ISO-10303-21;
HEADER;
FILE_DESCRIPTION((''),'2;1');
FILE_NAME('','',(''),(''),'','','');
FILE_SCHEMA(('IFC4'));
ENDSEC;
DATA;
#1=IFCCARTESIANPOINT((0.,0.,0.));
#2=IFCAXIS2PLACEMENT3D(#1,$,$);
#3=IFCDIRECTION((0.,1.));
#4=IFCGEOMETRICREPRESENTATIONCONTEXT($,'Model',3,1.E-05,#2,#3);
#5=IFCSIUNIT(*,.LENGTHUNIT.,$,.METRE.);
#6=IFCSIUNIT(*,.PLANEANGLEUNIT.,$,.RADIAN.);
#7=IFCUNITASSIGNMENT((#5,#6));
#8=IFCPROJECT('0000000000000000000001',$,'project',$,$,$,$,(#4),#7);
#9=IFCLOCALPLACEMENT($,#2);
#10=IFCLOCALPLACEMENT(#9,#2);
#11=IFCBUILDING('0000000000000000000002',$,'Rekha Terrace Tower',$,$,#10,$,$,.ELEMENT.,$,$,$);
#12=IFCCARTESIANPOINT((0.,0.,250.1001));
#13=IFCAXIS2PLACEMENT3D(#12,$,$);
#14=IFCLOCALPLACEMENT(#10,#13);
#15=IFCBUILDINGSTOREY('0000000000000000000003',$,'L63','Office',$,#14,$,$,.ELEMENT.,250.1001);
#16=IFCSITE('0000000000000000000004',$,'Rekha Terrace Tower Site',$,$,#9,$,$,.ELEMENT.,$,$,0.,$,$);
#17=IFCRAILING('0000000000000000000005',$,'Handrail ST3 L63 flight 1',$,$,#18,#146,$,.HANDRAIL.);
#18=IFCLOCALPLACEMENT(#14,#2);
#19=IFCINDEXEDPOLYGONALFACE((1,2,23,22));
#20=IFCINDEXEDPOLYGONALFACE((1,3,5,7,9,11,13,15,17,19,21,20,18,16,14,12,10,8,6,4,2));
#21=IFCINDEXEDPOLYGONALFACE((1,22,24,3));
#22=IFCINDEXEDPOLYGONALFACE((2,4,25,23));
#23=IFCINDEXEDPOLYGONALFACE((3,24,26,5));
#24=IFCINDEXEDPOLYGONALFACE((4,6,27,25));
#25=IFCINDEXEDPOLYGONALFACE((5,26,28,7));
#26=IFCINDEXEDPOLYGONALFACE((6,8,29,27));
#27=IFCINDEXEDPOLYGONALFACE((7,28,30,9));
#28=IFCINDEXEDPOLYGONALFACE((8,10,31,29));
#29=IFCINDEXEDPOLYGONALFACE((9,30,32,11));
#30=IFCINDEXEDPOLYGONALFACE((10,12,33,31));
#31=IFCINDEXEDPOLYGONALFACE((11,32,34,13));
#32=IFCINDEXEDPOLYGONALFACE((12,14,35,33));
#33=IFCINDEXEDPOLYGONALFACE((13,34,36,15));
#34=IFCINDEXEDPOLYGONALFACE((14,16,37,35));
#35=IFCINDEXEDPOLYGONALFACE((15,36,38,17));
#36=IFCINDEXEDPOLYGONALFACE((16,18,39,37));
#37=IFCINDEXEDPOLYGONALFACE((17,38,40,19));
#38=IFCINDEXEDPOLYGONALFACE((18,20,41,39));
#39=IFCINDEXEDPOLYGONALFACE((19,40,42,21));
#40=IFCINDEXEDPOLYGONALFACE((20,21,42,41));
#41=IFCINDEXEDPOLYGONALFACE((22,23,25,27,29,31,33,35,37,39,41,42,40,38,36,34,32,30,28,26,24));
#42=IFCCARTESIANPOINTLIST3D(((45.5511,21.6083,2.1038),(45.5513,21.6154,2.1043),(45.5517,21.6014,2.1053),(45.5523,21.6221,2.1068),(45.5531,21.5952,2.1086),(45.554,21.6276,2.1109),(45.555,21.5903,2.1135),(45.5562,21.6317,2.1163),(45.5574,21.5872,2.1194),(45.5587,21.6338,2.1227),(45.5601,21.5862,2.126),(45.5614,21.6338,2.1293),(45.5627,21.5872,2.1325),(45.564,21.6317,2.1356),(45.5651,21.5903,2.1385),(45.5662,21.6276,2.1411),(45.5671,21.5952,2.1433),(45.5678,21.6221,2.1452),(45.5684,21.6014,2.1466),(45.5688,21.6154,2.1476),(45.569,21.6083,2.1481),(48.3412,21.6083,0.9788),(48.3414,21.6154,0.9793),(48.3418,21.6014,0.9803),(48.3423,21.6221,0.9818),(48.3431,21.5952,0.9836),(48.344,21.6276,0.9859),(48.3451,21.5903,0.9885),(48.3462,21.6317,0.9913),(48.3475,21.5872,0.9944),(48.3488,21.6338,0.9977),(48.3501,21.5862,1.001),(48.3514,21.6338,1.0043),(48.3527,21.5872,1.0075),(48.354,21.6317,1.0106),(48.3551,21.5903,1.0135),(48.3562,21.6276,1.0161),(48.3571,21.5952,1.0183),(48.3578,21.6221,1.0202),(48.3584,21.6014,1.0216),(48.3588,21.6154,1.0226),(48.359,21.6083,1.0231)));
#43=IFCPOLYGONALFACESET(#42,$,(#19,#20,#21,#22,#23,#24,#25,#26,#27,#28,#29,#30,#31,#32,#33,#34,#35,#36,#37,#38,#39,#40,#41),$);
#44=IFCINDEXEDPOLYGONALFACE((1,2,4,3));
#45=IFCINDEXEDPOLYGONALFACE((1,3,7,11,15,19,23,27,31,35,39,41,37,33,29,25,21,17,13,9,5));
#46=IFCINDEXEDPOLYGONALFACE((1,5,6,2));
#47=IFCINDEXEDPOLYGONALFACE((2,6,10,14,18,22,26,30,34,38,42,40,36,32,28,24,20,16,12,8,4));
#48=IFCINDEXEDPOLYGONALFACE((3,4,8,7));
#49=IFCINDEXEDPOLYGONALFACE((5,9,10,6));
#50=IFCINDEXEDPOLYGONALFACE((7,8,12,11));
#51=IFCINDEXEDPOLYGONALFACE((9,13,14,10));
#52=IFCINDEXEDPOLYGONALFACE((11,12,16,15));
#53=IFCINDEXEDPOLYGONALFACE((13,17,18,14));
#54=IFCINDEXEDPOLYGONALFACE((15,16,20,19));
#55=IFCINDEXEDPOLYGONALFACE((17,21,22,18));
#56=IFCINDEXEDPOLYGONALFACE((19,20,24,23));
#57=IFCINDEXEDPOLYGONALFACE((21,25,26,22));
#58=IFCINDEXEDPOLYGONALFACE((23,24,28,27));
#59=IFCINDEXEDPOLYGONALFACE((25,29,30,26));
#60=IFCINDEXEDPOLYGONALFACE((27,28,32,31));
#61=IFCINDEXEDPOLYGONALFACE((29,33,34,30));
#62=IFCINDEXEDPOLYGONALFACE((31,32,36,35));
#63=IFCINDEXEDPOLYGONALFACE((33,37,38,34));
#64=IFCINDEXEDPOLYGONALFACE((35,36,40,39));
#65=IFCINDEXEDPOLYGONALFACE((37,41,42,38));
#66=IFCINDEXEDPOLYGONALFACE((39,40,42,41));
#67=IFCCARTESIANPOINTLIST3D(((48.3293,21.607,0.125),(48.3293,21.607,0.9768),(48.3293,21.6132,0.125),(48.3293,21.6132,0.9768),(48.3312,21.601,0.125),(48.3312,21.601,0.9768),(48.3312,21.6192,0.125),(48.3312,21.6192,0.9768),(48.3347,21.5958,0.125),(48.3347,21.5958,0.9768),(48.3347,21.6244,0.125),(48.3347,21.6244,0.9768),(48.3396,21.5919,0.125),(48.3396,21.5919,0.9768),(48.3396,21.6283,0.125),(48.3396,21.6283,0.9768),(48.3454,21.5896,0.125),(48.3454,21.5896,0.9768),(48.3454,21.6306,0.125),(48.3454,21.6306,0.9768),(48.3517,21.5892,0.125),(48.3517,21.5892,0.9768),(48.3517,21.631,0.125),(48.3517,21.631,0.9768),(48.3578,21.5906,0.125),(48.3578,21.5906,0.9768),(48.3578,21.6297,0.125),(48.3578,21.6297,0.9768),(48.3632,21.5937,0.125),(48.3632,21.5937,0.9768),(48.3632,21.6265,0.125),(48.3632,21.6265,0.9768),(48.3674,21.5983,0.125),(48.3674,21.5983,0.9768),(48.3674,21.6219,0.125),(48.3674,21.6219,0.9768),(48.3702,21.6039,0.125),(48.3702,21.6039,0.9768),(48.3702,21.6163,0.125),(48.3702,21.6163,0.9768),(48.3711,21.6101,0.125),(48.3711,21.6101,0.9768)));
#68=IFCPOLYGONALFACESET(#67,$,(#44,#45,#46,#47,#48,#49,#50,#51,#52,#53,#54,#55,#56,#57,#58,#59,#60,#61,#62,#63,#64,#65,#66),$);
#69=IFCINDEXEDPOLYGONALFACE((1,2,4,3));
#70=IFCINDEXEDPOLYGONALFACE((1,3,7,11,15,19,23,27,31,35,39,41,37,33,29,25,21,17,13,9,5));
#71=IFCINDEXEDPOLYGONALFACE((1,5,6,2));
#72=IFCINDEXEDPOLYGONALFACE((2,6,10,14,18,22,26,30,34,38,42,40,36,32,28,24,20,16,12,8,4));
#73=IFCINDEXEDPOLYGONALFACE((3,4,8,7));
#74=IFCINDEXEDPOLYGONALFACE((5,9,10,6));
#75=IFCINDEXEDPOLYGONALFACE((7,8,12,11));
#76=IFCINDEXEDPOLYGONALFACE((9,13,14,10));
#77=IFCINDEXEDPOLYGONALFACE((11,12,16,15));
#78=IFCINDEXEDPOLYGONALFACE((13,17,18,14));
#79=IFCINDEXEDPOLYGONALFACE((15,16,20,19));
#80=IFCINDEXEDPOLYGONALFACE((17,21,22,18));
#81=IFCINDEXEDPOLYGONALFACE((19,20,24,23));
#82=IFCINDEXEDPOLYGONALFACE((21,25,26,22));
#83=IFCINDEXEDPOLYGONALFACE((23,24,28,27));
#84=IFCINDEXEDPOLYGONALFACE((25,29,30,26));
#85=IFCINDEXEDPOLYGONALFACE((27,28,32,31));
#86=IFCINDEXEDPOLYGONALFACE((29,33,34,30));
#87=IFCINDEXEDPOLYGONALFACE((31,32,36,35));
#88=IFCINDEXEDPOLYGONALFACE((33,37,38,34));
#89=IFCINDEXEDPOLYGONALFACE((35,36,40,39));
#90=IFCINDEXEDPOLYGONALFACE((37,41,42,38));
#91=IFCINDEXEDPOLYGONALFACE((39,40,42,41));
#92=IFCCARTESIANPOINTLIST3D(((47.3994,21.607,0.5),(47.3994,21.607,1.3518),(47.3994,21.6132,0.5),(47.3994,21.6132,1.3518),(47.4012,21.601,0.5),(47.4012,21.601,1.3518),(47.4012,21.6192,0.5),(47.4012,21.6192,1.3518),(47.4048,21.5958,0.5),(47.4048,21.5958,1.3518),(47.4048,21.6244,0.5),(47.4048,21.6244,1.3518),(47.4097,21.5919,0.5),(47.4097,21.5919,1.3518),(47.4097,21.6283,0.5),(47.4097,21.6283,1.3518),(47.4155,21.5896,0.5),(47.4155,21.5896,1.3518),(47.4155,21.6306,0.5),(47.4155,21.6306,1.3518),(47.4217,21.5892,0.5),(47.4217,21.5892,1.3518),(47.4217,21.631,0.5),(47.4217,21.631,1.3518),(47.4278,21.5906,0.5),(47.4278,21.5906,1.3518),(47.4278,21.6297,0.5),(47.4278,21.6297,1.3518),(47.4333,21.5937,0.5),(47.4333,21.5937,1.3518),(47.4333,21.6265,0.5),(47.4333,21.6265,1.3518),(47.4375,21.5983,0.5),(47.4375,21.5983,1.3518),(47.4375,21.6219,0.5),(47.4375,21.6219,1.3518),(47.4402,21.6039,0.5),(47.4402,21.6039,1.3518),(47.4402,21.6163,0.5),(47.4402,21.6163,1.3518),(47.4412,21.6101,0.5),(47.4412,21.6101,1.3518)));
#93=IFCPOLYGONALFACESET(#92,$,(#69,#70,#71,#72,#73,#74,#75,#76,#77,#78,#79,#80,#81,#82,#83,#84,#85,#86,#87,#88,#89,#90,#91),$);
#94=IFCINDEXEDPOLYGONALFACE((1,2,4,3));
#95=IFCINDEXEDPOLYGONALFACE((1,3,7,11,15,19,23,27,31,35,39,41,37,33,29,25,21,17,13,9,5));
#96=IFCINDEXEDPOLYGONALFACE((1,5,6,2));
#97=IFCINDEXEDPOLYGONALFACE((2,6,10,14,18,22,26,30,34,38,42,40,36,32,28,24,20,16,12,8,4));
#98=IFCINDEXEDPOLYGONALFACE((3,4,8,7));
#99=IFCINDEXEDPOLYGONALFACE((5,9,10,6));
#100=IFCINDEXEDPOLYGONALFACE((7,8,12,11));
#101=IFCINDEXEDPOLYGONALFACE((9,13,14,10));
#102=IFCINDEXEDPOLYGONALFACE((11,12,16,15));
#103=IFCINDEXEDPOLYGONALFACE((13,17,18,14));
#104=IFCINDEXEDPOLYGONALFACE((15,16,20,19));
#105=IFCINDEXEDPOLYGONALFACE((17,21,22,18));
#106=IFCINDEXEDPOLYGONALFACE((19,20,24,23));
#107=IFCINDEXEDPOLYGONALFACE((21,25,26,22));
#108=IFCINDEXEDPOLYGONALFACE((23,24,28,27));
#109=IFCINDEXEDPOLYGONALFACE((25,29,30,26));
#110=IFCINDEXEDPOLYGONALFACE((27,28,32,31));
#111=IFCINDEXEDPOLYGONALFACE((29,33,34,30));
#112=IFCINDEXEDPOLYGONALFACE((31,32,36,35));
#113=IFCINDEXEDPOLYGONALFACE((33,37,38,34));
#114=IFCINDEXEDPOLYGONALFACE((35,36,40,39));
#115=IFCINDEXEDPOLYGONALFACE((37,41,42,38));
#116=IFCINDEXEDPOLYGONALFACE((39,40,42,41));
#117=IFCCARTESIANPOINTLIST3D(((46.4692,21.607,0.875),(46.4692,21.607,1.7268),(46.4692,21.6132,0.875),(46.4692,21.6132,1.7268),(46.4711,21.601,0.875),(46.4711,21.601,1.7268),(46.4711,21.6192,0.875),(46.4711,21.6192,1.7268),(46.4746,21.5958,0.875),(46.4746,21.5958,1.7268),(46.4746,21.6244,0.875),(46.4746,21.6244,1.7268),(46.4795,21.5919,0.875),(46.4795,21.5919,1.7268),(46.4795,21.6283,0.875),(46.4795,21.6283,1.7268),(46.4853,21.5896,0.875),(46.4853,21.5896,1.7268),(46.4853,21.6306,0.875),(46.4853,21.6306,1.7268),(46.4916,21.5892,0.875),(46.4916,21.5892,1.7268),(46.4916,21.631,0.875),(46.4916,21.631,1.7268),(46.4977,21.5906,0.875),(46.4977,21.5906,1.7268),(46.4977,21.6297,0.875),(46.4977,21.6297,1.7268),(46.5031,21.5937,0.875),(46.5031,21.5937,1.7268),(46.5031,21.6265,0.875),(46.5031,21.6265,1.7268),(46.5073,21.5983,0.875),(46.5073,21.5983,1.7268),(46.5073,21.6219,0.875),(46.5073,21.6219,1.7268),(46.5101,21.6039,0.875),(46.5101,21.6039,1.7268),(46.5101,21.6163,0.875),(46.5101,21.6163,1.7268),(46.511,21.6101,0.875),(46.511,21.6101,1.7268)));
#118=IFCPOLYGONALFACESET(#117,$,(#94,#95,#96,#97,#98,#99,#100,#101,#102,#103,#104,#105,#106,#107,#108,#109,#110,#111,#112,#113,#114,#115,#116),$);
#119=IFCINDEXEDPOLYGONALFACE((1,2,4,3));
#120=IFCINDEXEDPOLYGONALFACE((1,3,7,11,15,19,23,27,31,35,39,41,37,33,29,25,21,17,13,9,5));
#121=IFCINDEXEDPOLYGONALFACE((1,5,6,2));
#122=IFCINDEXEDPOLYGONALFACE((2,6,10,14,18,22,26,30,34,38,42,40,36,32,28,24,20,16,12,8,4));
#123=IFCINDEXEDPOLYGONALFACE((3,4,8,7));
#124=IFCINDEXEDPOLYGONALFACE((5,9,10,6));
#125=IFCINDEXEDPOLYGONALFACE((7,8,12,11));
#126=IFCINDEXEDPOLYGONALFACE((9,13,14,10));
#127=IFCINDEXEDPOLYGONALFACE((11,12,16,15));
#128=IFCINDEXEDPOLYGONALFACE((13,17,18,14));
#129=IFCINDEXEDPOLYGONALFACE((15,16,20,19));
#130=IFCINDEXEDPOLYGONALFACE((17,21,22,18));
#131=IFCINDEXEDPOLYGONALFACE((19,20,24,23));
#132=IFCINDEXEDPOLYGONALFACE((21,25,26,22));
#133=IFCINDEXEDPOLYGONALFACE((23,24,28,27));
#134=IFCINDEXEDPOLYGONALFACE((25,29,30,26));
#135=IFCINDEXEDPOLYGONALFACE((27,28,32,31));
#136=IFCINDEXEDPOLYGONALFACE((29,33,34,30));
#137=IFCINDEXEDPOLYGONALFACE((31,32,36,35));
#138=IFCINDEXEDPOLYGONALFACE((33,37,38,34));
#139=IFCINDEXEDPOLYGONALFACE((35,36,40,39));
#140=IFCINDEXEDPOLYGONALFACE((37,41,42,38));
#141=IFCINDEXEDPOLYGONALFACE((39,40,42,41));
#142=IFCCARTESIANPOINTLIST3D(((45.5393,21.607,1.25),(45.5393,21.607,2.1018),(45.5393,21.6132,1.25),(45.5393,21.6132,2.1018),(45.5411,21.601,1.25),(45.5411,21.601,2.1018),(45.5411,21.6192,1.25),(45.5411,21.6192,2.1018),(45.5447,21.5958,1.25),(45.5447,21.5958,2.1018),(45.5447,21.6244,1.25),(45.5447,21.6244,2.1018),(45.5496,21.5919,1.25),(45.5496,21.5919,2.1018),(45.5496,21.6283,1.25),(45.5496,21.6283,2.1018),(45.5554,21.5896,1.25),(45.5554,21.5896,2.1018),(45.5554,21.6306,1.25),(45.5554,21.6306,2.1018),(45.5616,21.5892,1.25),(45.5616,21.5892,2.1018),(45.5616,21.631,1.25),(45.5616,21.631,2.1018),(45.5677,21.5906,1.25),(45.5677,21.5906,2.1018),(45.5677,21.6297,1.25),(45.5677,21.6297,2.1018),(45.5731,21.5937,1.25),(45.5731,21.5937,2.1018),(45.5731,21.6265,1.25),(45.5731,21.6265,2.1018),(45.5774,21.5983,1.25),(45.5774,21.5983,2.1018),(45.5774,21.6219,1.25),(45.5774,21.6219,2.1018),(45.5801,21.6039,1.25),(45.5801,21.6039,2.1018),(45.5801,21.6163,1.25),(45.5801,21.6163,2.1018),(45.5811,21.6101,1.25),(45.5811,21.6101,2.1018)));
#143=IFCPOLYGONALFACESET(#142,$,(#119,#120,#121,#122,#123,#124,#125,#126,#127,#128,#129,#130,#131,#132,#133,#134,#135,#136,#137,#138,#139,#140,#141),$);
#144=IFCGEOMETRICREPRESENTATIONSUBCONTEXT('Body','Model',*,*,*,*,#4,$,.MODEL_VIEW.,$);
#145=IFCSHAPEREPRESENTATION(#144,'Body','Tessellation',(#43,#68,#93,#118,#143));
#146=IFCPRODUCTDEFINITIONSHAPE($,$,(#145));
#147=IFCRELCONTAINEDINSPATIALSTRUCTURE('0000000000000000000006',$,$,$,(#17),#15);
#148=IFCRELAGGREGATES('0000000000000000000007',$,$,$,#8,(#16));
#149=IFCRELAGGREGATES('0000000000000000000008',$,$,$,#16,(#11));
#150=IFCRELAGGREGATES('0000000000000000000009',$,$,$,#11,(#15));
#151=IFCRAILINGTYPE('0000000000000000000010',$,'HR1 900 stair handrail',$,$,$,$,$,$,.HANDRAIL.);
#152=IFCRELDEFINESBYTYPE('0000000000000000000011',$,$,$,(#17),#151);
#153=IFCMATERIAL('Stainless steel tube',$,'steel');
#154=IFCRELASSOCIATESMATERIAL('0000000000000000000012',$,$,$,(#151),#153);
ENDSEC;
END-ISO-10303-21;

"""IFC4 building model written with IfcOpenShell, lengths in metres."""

from ifc_helpers import new_model, si_unit, direction, frame, origin, origin_2d, place, context, subcontext, project, spatial, circle, extrude, material, type_object, element, save


model = new_model("IFC4")

# Units and contexts
model_context = context("Model", 3, precision=1e-05, world=origin(), true_north=direction((0.0, 1.0)))
body_context = subcontext(model_context, "Body", "Model", "MODEL_VIEW")
ifc_project = project(units=[si_unit("LENGTHUNIT", "METRE"), si_unit("PLANEANGLEUNIT", "RADIAN")], contexts=[model_context])

# Site, building, storey
site_placement = place(None, origin())
site = spatial("IfcSite", under=ifc_project, at=site_placement, Name="Rekha Terrace Tower Site", CompositionType="ELEMENT", RefElevation=0.0)
building_placement = place(site_placement, origin())
building = spatial("IfcBuilding", under=site, at=building_placement, Name="Rekha Terrace Tower", CompositionType="ELEMENT")
storey_placement = place(building_placement, frame((0.0, 0.0, 250.1001)))
storey = spatial("IfcBuildingStorey", under=building, at=storey_placement, Name="L63", Description="Office", CompositionType="ELEMENT", Elevation=250.1001)

# Railing
ifc_material_1 = material(Name="Stainless steel tube", Category="steel")
railing_type_1 = type_object("IfcRailingType", Name="HR1 900 stair handrail", PredefinedType="HANDRAIL", material=ifc_material_1)
railing_1_placement = place(storey_placement, frame((48.3501, 21.6101, 0.125)))
element("IfcRailing", 1, at=railing_1_placement, inside=storey, type_object=railing_type_1, Name="Handrail ST3 L63 flight 1", PredefinedType="HANDRAIL", context=body_context, shape_type="SweptSolid", body=[
    extrude(circle(Radius=0.0239, at=origin_2d()), frame((0.0, 0.0, 0.876), z_axis=(-0.927443, 0.0, 0.373964), x_axis=(0.0, -1.0, 0.0)), (0.0, 0.0, 1.0), 3.0083),
    extrude(circle(Radius=0.021, at=origin_2d()), origin(), (0.0, 0.0, 1.0), 0.8518),
    extrude(circle(Radius=0.021, at=origin_2d()), frame((-0.9299, 0.0, 0.375)), (0.0, 0.0, 1.0), 0.8518),
    extrude(circle(Radius=0.021, at=origin_2d()), frame((-1.8601, 0.0, 0.75)), (0.0, 0.0, 1.0), 0.8518),
    extrude(circle(Radius=0.021, at=origin_2d()), frame((-2.79, 0.0, 1.125)), (0.0, 0.0, 1.0), 0.8518),
])

save(model, "model.ifc")
